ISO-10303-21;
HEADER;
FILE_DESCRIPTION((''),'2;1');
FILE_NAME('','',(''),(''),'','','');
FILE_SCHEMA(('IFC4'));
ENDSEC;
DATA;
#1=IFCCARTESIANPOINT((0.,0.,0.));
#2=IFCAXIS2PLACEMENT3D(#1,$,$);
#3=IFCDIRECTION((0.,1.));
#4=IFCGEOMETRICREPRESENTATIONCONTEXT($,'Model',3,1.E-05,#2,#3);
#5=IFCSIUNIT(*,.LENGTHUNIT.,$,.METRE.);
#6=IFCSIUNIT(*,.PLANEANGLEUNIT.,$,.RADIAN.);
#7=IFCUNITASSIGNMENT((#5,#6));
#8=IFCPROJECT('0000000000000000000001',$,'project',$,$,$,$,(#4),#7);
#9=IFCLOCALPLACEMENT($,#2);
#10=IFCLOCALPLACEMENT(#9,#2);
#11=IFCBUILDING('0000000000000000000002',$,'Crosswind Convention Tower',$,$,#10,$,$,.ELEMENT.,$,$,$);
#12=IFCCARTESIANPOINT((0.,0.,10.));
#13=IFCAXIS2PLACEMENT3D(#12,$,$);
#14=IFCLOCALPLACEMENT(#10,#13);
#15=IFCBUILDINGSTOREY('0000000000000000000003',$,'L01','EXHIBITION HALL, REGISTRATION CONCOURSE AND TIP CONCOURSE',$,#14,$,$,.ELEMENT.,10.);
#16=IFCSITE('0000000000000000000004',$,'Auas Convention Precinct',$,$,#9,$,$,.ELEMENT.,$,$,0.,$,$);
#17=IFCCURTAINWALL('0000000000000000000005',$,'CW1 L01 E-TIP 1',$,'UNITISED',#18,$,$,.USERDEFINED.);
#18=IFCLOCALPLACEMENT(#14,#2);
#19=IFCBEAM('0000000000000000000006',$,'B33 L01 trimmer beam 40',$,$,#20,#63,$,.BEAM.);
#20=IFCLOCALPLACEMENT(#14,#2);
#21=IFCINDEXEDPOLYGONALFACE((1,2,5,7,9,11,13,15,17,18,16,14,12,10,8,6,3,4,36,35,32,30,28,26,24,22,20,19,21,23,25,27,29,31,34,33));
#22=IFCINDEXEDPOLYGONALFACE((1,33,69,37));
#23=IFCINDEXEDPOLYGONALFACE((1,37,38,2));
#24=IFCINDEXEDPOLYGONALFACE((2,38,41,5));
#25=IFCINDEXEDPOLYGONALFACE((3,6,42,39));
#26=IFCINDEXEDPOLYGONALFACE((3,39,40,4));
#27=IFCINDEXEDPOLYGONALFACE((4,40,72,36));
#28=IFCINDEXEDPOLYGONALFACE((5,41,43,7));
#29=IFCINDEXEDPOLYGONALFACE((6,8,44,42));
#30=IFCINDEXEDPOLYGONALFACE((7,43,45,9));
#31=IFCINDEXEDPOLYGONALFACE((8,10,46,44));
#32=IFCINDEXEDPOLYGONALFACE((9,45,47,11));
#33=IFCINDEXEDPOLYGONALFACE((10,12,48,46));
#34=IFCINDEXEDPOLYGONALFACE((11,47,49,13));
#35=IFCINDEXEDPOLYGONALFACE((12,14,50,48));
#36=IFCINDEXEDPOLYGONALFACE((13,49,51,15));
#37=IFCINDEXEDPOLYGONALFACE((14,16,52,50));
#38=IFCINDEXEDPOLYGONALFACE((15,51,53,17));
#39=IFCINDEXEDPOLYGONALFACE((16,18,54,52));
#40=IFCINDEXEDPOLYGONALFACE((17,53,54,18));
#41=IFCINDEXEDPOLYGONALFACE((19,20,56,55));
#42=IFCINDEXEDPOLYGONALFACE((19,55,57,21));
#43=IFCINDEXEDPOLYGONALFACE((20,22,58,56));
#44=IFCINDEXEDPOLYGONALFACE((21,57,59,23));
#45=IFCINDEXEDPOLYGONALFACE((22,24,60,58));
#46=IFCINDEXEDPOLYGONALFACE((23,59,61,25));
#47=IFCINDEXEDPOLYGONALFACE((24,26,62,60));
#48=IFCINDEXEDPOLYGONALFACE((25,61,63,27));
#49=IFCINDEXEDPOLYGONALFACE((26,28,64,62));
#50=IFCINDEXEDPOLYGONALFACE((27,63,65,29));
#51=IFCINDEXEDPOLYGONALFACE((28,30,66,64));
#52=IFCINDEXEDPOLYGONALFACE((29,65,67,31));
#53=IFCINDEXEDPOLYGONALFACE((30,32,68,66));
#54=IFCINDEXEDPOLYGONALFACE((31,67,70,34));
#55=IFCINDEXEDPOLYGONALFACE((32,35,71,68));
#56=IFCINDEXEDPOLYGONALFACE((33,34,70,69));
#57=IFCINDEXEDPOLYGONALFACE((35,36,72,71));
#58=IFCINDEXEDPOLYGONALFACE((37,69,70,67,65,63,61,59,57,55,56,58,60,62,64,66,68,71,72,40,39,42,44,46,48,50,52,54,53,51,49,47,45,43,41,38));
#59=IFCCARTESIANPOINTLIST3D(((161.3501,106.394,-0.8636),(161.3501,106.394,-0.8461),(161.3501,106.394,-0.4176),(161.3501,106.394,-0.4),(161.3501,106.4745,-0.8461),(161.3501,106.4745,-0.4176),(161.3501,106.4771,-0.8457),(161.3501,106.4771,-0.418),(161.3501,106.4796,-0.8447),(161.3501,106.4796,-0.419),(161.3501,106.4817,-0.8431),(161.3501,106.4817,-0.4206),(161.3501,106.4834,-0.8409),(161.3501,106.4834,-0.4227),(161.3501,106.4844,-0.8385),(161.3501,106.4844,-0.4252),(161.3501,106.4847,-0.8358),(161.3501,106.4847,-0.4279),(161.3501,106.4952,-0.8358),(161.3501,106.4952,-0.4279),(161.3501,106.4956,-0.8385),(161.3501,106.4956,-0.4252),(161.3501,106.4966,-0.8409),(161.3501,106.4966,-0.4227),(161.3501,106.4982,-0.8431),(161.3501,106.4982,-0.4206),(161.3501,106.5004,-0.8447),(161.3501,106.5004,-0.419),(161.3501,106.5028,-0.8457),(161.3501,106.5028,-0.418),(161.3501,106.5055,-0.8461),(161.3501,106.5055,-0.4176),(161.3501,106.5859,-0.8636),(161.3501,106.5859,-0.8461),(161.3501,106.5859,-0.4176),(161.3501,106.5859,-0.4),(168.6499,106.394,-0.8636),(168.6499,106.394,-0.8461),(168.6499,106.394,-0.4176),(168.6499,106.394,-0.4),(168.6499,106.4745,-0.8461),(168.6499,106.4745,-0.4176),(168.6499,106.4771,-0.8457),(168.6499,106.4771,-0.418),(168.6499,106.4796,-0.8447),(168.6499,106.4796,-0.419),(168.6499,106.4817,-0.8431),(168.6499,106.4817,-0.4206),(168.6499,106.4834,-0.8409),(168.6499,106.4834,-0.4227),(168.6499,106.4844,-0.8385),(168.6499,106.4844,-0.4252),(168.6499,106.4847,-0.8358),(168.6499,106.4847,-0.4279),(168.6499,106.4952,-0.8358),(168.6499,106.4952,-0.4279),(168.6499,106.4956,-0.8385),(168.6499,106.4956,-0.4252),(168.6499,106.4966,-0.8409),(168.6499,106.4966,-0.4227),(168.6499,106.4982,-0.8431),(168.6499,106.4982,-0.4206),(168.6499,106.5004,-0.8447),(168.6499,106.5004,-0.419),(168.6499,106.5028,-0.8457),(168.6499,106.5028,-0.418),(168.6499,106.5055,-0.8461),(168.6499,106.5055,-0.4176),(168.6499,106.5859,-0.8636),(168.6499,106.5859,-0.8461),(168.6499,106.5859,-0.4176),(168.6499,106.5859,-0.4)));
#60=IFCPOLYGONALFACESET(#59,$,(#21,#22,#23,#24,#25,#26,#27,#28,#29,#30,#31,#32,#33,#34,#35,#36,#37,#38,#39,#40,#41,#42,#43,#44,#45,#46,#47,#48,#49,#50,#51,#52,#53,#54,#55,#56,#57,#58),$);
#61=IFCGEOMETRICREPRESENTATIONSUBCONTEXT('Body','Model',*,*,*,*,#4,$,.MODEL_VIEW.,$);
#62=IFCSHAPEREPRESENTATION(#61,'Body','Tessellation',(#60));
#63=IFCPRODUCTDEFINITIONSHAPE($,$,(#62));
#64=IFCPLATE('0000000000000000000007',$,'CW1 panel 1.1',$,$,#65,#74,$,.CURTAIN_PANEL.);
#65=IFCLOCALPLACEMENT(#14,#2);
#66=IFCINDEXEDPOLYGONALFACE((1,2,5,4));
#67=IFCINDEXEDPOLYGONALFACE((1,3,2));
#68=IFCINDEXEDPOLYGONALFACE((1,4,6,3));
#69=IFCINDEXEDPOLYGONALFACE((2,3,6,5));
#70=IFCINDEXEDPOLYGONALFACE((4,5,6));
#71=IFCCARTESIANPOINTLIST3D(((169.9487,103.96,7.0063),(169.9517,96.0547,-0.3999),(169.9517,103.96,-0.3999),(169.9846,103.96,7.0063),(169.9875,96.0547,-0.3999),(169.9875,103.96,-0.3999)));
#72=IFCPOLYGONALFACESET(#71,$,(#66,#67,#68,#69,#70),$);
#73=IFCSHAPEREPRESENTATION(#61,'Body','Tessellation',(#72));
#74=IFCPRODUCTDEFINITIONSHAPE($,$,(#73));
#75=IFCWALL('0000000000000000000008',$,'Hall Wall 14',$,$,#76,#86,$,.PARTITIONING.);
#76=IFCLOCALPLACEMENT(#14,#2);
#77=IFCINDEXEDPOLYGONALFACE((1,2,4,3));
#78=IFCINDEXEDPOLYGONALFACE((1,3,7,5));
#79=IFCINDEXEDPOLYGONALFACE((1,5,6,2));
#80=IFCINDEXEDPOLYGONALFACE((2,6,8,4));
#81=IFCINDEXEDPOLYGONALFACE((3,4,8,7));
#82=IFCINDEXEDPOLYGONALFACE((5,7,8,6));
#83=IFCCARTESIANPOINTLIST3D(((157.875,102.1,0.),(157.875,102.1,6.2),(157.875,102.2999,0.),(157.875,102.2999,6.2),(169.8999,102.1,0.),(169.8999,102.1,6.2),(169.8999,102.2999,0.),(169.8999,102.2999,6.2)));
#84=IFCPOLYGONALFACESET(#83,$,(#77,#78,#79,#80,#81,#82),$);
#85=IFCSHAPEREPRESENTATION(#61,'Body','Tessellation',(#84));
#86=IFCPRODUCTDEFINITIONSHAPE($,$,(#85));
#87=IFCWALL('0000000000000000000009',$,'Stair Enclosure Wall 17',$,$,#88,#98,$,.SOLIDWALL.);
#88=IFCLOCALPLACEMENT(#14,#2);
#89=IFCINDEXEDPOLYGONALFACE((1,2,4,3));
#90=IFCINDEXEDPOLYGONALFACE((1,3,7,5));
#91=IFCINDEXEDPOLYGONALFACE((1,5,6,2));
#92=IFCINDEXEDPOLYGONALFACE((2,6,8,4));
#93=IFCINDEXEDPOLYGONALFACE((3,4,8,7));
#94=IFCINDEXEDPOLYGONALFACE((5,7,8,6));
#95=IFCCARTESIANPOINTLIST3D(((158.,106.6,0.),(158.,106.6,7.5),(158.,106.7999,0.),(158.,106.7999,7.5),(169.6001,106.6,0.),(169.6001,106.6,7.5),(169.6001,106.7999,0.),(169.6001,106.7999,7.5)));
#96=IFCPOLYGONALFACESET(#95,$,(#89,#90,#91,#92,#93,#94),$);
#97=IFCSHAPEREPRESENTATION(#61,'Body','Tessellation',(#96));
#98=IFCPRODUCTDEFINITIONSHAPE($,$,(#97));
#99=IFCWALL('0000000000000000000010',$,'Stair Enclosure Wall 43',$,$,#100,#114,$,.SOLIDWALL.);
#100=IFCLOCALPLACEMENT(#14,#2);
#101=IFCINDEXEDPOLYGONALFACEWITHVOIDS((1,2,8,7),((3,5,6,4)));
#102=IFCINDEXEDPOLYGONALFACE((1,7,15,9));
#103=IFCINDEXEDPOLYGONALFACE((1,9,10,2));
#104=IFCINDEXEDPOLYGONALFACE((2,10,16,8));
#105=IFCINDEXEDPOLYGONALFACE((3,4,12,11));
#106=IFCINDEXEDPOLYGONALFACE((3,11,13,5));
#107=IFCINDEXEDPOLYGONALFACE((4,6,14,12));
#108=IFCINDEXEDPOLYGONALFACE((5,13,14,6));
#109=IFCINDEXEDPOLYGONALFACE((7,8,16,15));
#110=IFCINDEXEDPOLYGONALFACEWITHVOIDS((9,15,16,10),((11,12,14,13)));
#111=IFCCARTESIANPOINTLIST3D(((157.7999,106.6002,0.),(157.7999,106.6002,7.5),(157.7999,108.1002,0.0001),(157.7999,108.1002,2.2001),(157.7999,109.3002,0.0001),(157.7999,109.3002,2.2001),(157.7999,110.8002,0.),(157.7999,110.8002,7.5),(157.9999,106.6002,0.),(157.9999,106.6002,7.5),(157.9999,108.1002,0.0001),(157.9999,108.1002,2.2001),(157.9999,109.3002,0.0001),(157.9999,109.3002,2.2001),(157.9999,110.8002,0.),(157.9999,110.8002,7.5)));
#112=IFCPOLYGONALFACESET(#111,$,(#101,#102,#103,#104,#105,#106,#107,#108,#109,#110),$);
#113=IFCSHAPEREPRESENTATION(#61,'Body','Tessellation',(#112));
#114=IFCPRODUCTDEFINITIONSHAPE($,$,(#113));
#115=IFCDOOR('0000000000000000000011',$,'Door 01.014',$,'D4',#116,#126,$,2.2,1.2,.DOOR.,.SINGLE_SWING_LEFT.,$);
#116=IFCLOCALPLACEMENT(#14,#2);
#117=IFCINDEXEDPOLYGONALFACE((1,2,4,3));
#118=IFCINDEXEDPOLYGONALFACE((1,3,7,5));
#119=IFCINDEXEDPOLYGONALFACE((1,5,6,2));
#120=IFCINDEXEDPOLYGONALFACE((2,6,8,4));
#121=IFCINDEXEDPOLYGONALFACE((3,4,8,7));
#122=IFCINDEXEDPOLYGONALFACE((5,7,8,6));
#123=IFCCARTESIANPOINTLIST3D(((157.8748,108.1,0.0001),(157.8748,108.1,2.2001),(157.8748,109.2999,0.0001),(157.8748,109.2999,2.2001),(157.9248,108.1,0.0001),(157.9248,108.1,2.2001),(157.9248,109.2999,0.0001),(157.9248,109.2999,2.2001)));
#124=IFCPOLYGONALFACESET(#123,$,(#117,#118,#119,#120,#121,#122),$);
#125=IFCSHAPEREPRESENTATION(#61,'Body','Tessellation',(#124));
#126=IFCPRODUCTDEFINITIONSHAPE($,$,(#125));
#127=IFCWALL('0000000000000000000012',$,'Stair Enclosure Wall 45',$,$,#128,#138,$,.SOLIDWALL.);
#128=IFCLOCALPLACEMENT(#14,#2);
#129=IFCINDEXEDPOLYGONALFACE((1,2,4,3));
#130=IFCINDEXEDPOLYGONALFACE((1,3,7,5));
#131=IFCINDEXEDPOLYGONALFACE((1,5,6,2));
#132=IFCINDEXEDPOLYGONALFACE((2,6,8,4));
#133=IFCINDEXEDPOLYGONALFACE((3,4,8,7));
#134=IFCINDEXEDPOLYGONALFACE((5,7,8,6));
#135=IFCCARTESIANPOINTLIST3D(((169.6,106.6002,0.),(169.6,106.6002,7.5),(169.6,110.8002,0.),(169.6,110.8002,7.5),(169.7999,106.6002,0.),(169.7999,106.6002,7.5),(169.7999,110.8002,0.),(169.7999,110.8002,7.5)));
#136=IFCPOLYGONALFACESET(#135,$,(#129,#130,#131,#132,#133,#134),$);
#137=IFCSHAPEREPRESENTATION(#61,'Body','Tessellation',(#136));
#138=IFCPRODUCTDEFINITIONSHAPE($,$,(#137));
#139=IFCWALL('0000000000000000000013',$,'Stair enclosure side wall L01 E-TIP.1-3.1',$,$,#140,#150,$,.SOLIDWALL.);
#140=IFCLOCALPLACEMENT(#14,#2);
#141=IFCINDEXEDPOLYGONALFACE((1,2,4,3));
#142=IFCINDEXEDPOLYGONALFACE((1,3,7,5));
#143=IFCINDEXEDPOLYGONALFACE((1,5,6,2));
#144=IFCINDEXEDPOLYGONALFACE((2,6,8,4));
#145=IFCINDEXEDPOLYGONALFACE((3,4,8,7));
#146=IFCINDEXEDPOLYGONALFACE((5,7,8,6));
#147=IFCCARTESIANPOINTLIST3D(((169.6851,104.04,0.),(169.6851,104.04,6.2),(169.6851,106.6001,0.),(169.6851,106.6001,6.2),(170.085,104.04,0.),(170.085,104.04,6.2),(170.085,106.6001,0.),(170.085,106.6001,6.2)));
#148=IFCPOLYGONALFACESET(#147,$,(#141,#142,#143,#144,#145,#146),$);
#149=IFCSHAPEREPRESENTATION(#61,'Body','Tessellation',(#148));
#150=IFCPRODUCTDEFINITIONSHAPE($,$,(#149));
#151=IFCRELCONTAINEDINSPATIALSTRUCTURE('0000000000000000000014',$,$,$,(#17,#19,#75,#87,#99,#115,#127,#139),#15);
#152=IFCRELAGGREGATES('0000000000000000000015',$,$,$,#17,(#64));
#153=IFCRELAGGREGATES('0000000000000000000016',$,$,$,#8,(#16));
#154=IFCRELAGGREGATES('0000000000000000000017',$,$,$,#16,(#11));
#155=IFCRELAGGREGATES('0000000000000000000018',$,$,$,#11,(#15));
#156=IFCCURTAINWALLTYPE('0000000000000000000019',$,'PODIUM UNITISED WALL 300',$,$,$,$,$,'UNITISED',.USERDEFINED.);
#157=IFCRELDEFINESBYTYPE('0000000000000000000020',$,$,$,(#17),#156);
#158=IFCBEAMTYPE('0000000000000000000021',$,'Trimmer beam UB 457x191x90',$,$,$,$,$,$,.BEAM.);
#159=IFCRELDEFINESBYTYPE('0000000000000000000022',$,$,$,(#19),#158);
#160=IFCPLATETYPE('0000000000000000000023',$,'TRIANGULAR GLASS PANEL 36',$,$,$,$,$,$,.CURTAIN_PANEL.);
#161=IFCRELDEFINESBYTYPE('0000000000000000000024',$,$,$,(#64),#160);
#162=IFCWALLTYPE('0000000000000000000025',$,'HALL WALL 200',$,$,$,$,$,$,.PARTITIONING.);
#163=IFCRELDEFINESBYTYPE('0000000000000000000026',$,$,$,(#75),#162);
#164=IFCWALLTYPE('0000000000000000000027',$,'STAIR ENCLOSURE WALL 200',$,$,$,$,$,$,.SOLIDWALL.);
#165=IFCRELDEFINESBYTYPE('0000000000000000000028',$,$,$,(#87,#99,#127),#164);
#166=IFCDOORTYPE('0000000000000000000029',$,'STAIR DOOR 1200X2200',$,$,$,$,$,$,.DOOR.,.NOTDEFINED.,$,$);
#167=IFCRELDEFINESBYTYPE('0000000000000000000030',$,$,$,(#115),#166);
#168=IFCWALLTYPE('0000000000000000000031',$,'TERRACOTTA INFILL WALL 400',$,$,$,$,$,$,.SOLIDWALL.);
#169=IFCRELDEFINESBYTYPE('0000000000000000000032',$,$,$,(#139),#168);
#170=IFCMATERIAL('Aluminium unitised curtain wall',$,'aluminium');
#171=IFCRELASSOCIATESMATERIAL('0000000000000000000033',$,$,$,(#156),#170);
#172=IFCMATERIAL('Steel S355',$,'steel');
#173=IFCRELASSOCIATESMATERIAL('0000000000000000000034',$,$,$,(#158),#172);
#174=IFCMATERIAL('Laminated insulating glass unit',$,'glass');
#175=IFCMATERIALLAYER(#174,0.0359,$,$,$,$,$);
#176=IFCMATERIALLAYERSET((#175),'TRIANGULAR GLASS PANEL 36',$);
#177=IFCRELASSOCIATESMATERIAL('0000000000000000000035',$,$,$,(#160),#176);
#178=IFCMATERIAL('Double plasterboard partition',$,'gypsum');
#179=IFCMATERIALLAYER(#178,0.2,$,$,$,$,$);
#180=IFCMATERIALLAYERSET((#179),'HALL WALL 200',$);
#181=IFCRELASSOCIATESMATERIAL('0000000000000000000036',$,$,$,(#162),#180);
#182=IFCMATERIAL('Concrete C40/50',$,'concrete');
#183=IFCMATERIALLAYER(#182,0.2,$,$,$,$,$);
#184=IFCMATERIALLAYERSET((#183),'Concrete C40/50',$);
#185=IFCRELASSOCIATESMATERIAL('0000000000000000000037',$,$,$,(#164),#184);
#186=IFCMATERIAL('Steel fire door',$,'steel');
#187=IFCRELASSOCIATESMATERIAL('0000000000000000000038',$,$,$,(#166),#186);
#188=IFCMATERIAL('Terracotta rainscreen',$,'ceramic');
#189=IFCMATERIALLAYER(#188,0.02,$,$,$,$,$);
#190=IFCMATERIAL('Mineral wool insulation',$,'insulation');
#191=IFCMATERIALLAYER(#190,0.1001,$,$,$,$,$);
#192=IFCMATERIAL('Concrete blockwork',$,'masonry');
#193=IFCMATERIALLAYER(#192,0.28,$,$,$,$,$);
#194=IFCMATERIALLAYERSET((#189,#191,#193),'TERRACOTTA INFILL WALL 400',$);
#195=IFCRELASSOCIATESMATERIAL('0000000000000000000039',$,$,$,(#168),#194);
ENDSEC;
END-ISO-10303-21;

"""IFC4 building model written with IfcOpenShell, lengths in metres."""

from ifc_helpers import new_model, si_unit, direction, frame, frame_2d, origin, origin_2d, place, context, subcontext, project, spatial, polyline, rectangle, i_section, outline, extrude, material, layer, layer_set, material_profile, profile_set, type_object, element, fill, aggregate, save


model = new_model("IFC4")

# Units and contexts
model_context = context("Model", 3, precision=1e-05, world=origin(), true_north=direction((0.0, 1.0)))
body_context = subcontext(model_context, "Body", "Model", "MODEL_VIEW")
ifc_project = project(units=[si_unit("LENGTHUNIT", "METRE"), si_unit("PLANEANGLEUNIT", "RADIAN")], contexts=[model_context])

# Site, building, storey
site_placement = place(None, origin())
site = spatial("IfcSite", under=ifc_project, at=site_placement, Name="Auas Convention Precinct", CompositionType="ELEMENT", RefElevation=0.0)
building_placement = place(site_placement, origin())
building = spatial("IfcBuilding", under=site, at=building_placement, Name="Crosswind Convention Tower", CompositionType="ELEMENT")
storey_placement = place(building_placement, frame((0.0, 0.0, 10.0)))
storey = spatial("IfcBuildingStorey", under=building, at=storey_placement, Name="L01", Description="EXHIBITION HALL, REGISTRATION CONCOURSE AND TIP CONCOURSE", CompositionType="ELEMENT", Elevation=10.0)

# Curtain wall
ifc_material_1 = material(Name="Aluminium unitised curtain wall", Category="aluminium")
curtain_wall_type = type_object("IfcCurtainWallType", Name="PODIUM UNITISED WALL 300", ElementType="UNITISED", PredefinedType="USERDEFINED", material=ifc_material_1)
curtain_wall_placement = place(storey_placement, origin())
curtain_wall = element("IfcCurtainWall", 1, at=curtain_wall_placement, inside=storey, type_object=curtain_wall_type, Name="CW1 L01 E-TIP 1", ObjectType="UNITISED", PredefinedType="USERDEFINED")

# Beam
ifc_material_2 = material(Name="Steel S355", Category="steel")
ifc_material_profile_1 = material_profile(ifc_material_2, i_section(OverallWidth=0.1919, OverallDepth=0.4636, WebThickness=0.0105, FlangeThickness=0.0176, FilletRadius=0.0103, at=origin_2d()), Name="UB 457x191x90")
ifc_profile_set_1 = profile_set([ifc_material_profile_1], Name="Steel S355")
beam_type_1 = type_object("IfcBeamType", Name="Trimmer beam UB 457x191x90", PredefinedType="BEAM", material=ifc_profile_set_1)
beam_placement = place(storey_placement, frame((161.3501, 106.49, -0.6318), z_axis=(1.0, 0.0, 0.0), x_axis=(0.0, 1.0, 0.0)))
element("IfcBeam", 2, at=beam_placement, inside=storey, type_object=beam_type_1, Name="B33 L01 trimmer beam 40", PredefinedType="BEAM", context=body_context, shape_type="SweptSolid", body=[
    extrude(i_section(OverallWidth=0.1919, OverallDepth=0.4636, WebThickness=0.0105, FlangeThickness=0.0176, FilletRadius=0.0103, at=origin_2d()), origin(), (0.0, 0.0, 1.0), 7.2998),
])

# Plate
ifc_material_3 = material(Name="Laminated insulating glass unit", Category="glass")
ifc_layer_1 = layer(ifc_material_3, 0.0359)
ifc_layer_set_1 = layer_set([ifc_layer_1], Name="TRIANGULAR GLASS PANEL 36")
plate_type = type_object("IfcPlateType", Name="TRIANGULAR GLASS PANEL 36", PredefinedType="CURTAIN_PANEL", material=ifc_layer_set_1)
plate_placement = place(storey_placement, frame((169.9875, 103.96, -0.3999), z_axis=(1.0, 0.0, 0.000396), x_axis=(-0.000396, 0.0, 1.0)))
plate = element("IfcPlate", 3, at=plate_placement, type_object=plate_type, Name="CW1 panel 1.1", PredefinedType="CURTAIN_PANEL", context=body_context, shape_type="SweptSolid", body=[
    extrude(outline(polyline([(0.0, 0.0), (7.4063, 0.0), (0.0, 7.9053), (0.0, 0.0)])), origin(), (0.0, 0.0, -1.0), 0.0359),
])
aggregate(curtain_wall, [plate])

# Walls
ifc_material_4 = material(Name="Double plasterboard partition", Category="gypsum")
ifc_layer_2 = layer(ifc_material_4, 0.2)
ifc_layer_set_2 = layer_set([ifc_layer_2], Name="HALL WALL 200")
wall_type_1 = type_object("IfcWallType", Name="HALL WALL 200", PredefinedType="PARTITIONING", material=ifc_layer_set_2)
wall_1_placement = place(storey_placement, frame((157.875, 102.2, 0.0), z_axis=(0.0, 0.0, 1.0), x_axis=(1.0, 0.0, 0.0)))
element("IfcWall", 4, at=wall_1_placement, inside=storey, type_object=wall_type_1, Name="Hall Wall 14", PredefinedType="PARTITIONING", context=body_context, shape_type="SweptSolid", body=[
    extrude(rectangle(XDim=12.0249, YDim=0.2, at=frame_2d((6.0125, 0.0))), origin(), (0.0, 0.0, 1.0), 6.2),
])
ifc_material_5 = material(Name="Concrete C40/50", Category="concrete")
ifc_layer_3 = layer(ifc_material_5, 0.2)
ifc_layer_set_3 = layer_set([ifc_layer_3], Name="Concrete C40/50")
wall_type_2 = type_object("IfcWallType", Name="STAIR ENCLOSURE WALL 200", PredefinedType="SOLIDWALL", material=ifc_layer_set_3)
wall_2_placement = place(storey_placement, frame((158.0, 106.7, 0.0), z_axis=(0.0, 0.0, 1.0), x_axis=(1.0, 0.0, 0.0)))
element("IfcWall", 5, at=wall_2_placement, inside=storey, type_object=wall_type_2, Name="Stair Enclosure Wall 17", PredefinedType="SOLIDWALL", context=body_context, shape_type="SweptSolid", body=[
    extrude(rectangle(XDim=11.6001, YDim=0.2, at=frame_2d((5.8, 0.0))), origin(), (0.0, 0.0, 1.0), 7.5),
])

# Wall, opening, door
wall_3_placement = place(storey_placement, frame((157.8999, 106.6001, 0.0), z_axis=(0.0, 0.0, 1.0), x_axis=(0.0, 1.0, 0.0)))
wall_3 = element("IfcWall", 6, at=wall_3_placement, inside=storey, type_object=wall_type_2, Name="Stair Enclosure Wall 43", PredefinedType="SOLIDWALL", context=body_context, shape_type="SweptSolid", body=[
    extrude(rectangle(XDim=4.2, YDim=0.2, at=frame_2d((2.1001, 0.0))), origin(), (0.0, 0.0, 1.0), 7.5),
])
opening_placement = place(wall_3_placement, frame((1.5, 0.0, 0.0)))
opening = element("IfcOpeningElement", 7, at=opening_placement, cuts=wall_3, PredefinedType="OPENING", context=body_context, shape_type="SweptSolid", body=[
    extrude(rectangle(XDim=1.2, YDim=2.2, at=frame_2d((0.6001, 1.1001))), frame((0.0, 0.1099, 0.0), z_axis=(0.0, -1.0, 0.0), x_axis=(1.0, 0.0, 0.0)), (0.0, 0.0, 1.0), 0.22),
])
ifc_material_6 = material(Name="Steel fire door", Category="steel")
door_type = type_object("IfcDoorType", Name="STAIR DOOR 1200X2200", OperationType="NOTDEFINED", PredefinedType="DOOR", material=ifc_material_6)
door_placement = place(opening_placement, frame((1.2, 0.0, 0.0), z_axis=(0.0, 0.0, 1.0), x_axis=(-1.0, 0.0, 0.0)))
door = element("IfcDoor", 8, at=door_placement, inside=storey, type_object=door_type, Name="Door 01.014", ObjectType="D4", OperationType="SINGLE_SWING_LEFT", OverallHeight=2.2, OverallWidth=1.2, PredefinedType="DOOR", context=body_context, shape_type="SweptSolid", body=[
    extrude(rectangle(XDim=1.2, YDim=2.2, at=frame_2d((0.6001, 1.1001))), frame((0.0, 0.0249, 0.0), z_axis=(0.0, -1.0, 0.0), x_axis=(1.0, 0.0, 0.0)), (0.0, 0.0, 1.0), 0.05),
])
fill(opening, door)

# Walls
wall_4_placement = place(storey_placement, frame((169.7, 106.6001, 0.0), z_axis=(0.0, 0.0, 1.0), x_axis=(0.0, 1.0, 0.0)))
element("IfcWall", 9, at=wall_4_placement, inside=storey, type_object=wall_type_2, Name="Stair Enclosure Wall 45", PredefinedType="SOLIDWALL", context=body_context, shape_type="SweptSolid", body=[
    extrude(rectangle(XDim=4.2, YDim=0.2, at=frame_2d((2.1001, 0.0))), origin(), (0.0, 0.0, 1.0), 7.5),
])
ifc_material_7 = material(Name="Terracotta rainscreen", Category="ceramic")
ifc_layer_4 = layer(ifc_material_7, 0.02)
ifc_material_8 = material(Name="Mineral wool insulation", Category="insulation")
ifc_layer_5 = layer(ifc_material_8, 0.1001)
ifc_material_9 = material(Name="Concrete blockwork", Category="masonry")
ifc_layer_6 = layer(ifc_material_9, 0.28)
ifc_layer_set_4 = layer_set([ifc_layer_4, ifc_layer_5, ifc_layer_6], Name="TERRACOTTA INFILL WALL 400")
wall_type_3 = type_object("IfcWallType", Name="TERRACOTTA INFILL WALL 400", PredefinedType="SOLIDWALL", material=ifc_layer_set_4)
wall_5_placement = place(storey_placement, frame((169.885, 104.04, 0.0), z_axis=(0.0, 0.0, 1.0), x_axis=(0.0, 1.0, 0.0)))
element("IfcWall", 10, at=wall_5_placement, inside=storey, type_object=wall_type_3, Name="Stair enclosure side wall L01 E-TIP.1-3.1", PredefinedType="SOLIDWALL", context=body_context, shape_type="SweptSolid", body=[
    extrude(rectangle(XDim=2.5601, YDim=0.3999, at=frame_2d((1.28, 0.0))), origin(), (0.0, 0.0, 1.0), 6.2),
])

save(model, "model.ifc")
